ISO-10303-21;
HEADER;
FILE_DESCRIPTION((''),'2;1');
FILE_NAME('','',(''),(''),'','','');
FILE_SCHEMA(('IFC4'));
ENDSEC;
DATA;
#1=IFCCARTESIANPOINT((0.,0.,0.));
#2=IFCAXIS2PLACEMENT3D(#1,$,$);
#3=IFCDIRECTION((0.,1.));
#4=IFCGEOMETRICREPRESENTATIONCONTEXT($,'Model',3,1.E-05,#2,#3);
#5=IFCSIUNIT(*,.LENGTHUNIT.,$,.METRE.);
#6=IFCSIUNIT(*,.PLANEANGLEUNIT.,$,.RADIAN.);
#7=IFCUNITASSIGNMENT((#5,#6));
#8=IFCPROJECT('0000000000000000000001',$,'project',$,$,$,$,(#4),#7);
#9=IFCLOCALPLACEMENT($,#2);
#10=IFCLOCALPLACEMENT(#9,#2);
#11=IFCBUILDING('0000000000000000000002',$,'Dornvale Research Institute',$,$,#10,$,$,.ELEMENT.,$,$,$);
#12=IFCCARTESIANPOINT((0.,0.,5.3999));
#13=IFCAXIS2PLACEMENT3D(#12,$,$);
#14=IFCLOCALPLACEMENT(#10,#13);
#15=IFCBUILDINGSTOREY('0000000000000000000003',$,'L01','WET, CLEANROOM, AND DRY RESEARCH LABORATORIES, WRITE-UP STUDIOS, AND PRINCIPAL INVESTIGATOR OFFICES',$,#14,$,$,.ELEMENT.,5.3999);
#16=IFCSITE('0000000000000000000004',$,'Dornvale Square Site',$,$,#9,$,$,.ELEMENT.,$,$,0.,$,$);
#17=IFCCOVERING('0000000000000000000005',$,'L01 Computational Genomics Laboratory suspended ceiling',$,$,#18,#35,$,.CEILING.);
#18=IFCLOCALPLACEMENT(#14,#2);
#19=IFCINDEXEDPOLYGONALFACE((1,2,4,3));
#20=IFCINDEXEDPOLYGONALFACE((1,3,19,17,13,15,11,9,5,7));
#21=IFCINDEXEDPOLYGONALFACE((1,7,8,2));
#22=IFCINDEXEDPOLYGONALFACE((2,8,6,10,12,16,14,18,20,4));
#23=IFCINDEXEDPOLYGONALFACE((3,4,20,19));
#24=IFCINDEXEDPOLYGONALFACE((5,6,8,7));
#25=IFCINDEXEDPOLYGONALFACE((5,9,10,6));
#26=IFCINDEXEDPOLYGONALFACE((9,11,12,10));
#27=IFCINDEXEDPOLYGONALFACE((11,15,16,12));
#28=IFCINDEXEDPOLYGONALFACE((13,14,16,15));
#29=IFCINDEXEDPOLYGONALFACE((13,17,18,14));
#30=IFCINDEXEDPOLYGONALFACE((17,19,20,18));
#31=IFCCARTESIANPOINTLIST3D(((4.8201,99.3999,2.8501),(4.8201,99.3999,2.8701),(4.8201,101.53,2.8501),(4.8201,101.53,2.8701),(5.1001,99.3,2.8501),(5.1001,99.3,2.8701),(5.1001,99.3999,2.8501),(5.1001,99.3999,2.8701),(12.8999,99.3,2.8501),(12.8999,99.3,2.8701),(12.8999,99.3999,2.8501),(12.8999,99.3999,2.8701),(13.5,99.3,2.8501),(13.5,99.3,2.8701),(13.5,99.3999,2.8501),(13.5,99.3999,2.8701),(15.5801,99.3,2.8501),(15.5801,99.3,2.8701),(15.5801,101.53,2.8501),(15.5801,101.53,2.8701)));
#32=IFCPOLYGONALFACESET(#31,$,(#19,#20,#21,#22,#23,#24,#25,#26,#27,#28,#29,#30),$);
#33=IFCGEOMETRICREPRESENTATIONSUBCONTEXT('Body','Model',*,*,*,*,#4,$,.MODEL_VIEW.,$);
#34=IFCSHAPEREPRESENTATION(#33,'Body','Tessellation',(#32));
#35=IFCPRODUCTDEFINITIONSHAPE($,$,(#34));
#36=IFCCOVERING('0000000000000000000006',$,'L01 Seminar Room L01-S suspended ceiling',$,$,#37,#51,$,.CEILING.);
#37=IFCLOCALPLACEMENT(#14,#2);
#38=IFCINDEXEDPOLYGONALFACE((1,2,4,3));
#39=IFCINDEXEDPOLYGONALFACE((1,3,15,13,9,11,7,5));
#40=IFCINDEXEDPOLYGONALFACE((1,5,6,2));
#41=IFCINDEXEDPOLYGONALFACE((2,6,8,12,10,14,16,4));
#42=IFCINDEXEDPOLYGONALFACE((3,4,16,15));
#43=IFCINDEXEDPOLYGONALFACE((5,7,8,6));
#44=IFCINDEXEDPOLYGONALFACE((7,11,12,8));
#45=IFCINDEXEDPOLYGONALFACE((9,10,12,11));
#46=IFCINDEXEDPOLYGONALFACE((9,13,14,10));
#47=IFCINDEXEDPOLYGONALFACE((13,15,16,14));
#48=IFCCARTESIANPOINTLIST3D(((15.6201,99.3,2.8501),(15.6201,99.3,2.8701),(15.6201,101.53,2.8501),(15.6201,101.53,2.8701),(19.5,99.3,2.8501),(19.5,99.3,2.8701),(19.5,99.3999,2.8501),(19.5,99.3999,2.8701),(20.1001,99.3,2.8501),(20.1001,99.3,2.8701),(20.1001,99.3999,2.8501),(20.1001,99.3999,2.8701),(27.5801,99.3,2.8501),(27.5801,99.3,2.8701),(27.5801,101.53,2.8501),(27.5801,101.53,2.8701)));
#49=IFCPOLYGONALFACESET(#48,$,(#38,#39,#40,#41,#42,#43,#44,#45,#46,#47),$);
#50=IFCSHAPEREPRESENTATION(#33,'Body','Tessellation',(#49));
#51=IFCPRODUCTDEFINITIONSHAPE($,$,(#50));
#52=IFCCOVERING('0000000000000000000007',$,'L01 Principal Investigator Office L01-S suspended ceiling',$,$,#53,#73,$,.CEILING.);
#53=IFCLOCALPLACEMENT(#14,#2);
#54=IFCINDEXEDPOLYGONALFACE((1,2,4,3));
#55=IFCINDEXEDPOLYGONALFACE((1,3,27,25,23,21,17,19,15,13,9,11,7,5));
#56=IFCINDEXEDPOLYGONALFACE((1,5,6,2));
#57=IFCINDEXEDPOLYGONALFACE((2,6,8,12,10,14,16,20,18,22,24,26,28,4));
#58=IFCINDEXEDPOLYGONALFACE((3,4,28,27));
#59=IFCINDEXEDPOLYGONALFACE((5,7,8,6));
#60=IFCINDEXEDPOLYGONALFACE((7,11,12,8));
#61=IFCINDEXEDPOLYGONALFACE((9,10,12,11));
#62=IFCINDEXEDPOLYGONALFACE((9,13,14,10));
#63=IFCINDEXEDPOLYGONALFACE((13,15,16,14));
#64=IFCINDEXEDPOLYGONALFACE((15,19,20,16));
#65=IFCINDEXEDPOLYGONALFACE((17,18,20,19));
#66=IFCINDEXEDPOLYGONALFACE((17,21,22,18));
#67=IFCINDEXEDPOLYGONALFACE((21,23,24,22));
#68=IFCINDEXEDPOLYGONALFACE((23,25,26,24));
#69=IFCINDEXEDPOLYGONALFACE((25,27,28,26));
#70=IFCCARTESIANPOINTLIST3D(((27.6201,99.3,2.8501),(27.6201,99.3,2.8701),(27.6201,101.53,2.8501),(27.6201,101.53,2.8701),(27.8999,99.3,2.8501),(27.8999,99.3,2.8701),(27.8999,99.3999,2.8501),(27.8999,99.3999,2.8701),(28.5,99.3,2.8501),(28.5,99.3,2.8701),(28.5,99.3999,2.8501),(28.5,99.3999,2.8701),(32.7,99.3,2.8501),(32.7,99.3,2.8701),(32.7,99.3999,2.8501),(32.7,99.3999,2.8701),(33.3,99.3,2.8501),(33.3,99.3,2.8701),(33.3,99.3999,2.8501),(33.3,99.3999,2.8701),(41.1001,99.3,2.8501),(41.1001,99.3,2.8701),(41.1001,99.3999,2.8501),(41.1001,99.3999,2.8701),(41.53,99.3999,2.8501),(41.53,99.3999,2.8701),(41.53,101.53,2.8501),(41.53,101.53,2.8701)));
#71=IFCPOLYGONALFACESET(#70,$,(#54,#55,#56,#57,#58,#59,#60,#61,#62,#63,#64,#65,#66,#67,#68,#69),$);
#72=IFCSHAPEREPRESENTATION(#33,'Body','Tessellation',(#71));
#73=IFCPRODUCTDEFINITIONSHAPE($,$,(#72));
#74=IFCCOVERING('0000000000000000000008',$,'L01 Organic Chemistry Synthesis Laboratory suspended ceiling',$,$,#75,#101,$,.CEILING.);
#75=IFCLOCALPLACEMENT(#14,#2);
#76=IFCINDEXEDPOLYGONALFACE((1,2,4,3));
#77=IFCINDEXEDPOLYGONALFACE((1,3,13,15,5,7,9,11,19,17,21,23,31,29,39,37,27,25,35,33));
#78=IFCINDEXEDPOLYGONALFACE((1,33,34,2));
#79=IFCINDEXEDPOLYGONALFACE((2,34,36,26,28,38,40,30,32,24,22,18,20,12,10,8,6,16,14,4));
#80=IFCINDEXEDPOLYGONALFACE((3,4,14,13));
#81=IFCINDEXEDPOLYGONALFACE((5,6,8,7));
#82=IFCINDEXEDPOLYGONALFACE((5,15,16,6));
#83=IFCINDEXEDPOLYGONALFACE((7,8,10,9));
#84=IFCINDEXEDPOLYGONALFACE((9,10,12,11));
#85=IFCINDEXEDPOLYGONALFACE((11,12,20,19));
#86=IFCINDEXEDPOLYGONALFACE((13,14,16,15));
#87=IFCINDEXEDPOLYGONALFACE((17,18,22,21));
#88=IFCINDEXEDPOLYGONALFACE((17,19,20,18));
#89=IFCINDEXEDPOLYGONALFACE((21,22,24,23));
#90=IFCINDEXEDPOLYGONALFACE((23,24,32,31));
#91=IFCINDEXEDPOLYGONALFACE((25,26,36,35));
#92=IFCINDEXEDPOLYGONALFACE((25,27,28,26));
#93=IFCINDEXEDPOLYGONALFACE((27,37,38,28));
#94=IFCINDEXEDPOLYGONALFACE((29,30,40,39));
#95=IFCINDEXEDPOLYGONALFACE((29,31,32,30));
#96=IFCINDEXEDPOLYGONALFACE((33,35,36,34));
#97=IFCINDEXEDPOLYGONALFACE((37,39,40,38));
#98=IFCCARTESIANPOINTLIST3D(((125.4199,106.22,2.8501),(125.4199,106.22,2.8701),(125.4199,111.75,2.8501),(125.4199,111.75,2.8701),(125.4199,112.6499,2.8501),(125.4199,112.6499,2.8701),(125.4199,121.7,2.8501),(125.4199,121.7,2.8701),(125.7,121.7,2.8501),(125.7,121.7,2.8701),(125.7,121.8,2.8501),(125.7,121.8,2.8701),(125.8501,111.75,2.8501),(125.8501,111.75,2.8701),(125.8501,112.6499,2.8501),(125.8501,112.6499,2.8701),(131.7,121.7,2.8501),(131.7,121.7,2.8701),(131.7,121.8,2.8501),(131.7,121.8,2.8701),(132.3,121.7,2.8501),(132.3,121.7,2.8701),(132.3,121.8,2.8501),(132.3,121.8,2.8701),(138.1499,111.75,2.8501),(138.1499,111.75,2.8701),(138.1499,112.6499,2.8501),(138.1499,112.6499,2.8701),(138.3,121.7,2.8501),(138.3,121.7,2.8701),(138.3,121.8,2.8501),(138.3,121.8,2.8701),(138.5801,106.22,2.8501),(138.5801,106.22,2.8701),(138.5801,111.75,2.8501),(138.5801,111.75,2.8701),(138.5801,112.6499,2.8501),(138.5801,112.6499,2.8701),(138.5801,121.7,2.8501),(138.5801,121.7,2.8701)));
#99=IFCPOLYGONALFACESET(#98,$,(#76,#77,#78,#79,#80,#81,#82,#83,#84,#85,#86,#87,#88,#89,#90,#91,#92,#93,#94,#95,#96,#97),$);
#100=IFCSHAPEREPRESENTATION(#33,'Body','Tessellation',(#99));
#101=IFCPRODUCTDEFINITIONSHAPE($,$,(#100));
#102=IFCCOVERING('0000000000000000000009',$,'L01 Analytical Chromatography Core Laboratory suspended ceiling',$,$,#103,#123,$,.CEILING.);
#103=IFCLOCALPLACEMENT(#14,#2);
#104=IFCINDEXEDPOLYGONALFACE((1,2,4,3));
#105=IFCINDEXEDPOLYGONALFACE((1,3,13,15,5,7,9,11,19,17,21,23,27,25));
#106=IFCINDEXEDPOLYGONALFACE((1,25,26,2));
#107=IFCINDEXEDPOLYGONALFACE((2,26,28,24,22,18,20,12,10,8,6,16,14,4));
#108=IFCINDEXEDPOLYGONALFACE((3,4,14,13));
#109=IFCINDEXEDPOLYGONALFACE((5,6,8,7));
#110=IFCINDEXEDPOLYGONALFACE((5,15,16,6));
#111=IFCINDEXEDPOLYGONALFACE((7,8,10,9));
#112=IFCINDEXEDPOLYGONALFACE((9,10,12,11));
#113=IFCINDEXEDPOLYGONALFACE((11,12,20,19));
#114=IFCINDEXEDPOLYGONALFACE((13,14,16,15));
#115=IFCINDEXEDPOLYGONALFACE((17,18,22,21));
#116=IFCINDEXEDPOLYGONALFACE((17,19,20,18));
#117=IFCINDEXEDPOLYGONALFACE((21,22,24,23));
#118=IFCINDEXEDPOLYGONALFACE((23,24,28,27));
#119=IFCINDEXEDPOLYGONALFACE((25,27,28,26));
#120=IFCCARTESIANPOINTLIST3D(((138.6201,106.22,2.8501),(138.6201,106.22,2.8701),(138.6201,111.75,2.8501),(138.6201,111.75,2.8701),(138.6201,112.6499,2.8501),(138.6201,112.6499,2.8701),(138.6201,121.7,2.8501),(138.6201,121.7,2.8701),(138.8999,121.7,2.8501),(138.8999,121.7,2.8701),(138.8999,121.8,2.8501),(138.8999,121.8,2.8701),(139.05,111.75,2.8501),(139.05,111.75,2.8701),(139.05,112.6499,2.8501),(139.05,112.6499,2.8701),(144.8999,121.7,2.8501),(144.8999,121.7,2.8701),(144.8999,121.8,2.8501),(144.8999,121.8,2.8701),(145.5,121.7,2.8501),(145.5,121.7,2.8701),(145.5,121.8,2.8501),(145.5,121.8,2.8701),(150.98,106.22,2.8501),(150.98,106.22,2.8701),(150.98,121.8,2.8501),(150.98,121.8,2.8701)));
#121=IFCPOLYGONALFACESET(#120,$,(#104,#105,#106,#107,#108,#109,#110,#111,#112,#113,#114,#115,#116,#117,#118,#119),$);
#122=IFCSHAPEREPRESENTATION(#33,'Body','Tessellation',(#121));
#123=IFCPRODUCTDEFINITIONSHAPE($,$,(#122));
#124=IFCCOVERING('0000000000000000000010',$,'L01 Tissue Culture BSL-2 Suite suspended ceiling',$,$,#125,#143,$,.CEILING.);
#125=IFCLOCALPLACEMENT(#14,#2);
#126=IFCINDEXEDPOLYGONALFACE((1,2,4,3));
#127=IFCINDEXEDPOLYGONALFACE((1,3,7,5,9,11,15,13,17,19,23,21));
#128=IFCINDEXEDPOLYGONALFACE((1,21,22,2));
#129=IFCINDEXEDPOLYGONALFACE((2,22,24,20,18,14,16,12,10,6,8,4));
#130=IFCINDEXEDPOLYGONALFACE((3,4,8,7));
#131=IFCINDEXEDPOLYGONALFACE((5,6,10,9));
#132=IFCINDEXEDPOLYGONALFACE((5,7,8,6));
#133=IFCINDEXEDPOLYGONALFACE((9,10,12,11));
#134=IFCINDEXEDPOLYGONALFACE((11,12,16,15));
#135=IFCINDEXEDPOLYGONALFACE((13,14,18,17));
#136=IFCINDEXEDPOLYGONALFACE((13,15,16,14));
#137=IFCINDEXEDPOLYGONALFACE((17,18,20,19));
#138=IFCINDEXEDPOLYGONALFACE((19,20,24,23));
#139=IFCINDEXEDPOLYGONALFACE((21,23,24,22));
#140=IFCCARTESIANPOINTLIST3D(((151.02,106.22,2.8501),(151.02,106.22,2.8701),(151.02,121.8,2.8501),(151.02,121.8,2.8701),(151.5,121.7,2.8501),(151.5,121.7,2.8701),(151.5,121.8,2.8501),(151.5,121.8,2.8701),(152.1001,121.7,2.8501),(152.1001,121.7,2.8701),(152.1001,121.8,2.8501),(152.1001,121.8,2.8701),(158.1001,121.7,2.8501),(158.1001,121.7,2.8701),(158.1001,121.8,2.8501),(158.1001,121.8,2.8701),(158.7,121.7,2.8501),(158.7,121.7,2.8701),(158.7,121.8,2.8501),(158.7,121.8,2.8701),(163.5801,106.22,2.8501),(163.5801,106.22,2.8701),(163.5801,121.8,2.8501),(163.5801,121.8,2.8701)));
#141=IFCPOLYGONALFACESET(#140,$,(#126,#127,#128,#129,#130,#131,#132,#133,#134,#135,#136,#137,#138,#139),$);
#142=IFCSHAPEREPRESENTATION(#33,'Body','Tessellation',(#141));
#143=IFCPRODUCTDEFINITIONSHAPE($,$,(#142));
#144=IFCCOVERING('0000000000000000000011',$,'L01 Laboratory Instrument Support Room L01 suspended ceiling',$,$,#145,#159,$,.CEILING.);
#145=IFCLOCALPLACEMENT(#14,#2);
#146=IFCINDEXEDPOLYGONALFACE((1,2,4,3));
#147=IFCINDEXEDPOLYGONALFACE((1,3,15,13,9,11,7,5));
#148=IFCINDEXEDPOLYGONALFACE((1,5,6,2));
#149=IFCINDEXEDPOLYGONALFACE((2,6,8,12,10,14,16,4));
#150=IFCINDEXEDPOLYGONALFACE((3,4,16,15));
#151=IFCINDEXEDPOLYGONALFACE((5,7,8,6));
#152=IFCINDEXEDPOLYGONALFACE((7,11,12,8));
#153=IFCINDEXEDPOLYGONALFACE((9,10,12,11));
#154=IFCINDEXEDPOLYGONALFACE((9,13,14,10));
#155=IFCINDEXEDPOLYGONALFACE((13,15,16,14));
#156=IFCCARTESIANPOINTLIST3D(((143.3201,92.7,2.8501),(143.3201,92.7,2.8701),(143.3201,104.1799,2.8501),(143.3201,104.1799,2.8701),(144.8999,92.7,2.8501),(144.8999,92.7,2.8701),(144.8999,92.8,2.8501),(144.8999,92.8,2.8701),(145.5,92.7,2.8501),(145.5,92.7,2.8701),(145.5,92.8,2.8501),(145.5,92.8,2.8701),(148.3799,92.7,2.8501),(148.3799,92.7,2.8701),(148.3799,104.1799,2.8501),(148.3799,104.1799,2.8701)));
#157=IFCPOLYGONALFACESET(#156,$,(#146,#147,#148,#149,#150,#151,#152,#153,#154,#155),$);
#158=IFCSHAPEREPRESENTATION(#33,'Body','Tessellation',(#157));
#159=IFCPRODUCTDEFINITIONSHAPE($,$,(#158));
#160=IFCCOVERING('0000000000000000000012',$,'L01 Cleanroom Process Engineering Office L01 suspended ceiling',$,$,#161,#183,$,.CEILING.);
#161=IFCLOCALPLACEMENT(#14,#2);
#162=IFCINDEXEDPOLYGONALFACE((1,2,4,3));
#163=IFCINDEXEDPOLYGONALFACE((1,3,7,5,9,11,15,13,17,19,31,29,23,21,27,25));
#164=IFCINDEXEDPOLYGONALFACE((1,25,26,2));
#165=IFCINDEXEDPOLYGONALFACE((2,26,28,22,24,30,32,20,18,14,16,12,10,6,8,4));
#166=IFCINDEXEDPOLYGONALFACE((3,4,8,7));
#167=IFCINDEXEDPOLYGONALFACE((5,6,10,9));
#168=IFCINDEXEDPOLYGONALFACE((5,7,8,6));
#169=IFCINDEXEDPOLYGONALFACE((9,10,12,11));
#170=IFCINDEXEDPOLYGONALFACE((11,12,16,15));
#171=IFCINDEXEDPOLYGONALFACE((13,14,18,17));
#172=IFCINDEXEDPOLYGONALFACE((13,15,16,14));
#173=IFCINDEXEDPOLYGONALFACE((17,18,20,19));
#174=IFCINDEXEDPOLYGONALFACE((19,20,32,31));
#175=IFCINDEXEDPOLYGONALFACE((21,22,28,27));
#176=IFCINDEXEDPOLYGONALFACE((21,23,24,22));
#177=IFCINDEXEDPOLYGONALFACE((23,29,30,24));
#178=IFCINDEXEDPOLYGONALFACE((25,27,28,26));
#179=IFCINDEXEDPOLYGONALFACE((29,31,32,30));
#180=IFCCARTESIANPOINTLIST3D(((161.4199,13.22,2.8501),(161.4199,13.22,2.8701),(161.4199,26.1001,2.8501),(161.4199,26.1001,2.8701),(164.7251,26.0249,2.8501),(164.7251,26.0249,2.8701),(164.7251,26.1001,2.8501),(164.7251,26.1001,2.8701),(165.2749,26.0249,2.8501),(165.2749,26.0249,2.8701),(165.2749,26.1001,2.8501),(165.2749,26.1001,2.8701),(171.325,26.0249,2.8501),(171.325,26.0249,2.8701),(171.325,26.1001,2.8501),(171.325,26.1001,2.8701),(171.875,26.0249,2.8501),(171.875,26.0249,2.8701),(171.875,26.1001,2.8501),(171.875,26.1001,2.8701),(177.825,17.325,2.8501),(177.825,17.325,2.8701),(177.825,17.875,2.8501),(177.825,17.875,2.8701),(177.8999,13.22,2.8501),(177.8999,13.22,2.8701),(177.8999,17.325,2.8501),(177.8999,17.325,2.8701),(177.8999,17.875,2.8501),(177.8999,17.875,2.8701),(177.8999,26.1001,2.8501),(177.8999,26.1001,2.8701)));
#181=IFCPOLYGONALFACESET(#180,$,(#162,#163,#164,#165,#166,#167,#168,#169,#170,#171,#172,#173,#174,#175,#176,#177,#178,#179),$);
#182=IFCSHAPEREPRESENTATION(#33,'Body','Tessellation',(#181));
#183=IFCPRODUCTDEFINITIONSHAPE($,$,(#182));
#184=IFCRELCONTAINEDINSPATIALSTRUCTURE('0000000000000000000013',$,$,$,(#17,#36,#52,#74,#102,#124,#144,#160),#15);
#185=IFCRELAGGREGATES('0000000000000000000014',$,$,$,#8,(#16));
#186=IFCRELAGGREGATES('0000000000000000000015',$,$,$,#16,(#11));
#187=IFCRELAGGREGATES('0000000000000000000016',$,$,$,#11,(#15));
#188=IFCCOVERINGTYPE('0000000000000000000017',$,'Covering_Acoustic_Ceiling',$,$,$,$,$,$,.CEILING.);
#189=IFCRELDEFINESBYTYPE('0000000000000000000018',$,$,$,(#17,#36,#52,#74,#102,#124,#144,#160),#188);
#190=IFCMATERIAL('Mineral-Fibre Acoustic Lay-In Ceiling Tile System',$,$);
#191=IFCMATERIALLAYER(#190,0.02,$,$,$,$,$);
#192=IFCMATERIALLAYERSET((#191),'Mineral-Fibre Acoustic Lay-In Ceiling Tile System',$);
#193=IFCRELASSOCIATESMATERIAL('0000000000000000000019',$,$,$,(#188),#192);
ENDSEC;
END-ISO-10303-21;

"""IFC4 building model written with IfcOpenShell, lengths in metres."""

from ifc_helpers import new_model, si_unit, direction, frame, origin, place, context, subcontext, project, spatial, polyline, outline, extrude, material, layer, layer_set, type_object, element, save


model = new_model("IFC4")

# Units and contexts
model_context = context("Model", 3, precision=1e-05, world=origin(), true_north=direction((0.0, 1.0)))
body_context = subcontext(model_context, "Body", "Model", "MODEL_VIEW")
ifc_project = project(units=[si_unit("LENGTHUNIT", "METRE"), si_unit("PLANEANGLEUNIT", "RADIAN")], contexts=[model_context])

# Site, building, storey
site_placement = place(None, origin())
site = spatial("IfcSite", under=ifc_project, at=site_placement, Name="Dornvale Square Site", CompositionType="ELEMENT", RefElevation=0.0)
building_placement = place(site_placement, origin())
building = spatial("IfcBuilding", under=site, at=building_placement, Name="Dornvale Research Institute", CompositionType="ELEMENT")
storey_placement = place(building_placement, frame((0.0, 0.0, 5.3999)))
storey = spatial("IfcBuildingStorey", under=building, at=storey_placement, Name="L01", Description="WET, CLEANROOM, AND DRY RESEARCH LABORATORIES, WRITE-UP STUDIOS, AND PRINCIPAL INVESTIGATOR OFFICES", CompositionType="ELEMENT", Elevation=5.3999)

# Coverings
ifc_material_1 = material(Name="Mineral-Fibre Acoustic Lay-In Ceiling Tile System")
ifc_layer_1 = layer(ifc_material_1, 0.02)
ifc_layer_set_1 = layer_set([ifc_layer_1], Name="Mineral-Fibre Acoustic Lay-In Ceiling Tile System")
covering_type_1 = type_object("IfcCoveringType", Name="Covering_Acoustic_Ceiling", PredefinedType="CEILING", material=ifc_layer_set_1)
covering_1_placement = place(storey_placement, frame((0.0, 0.0, 2.8501)))
element("IfcCovering", 1, at=covering_1_placement, inside=storey, type_object=covering_type_1, Name="L01 Computational Genomics Laboratory suspended ceiling", PredefinedType="CEILING", context=body_context, shape_type="SweptSolid", body=[
    extrude(outline(polyline([(12.8999, 99.3999), (12.8999, 99.3), (5.1001, 99.3), (5.1001, 99.3999), (4.8201, 99.3999), (4.8201, 101.53), (15.5801, 101.53), (15.5801, 99.3), (13.5, 99.3), (13.5, 99.3999), (12.8999, 99.3999)])), origin(), (0.0, 0.0, 1.0), 0.02),
])
covering_2_placement = place(storey_placement, frame((0.0, 0.0, 2.8501)))
element("IfcCovering", 2, at=covering_2_placement, inside=storey, type_object=covering_type_1, Name="L01 Seminar Room L01-S suspended ceiling", PredefinedType="CEILING", context=body_context, shape_type="SweptSolid", body=[
    extrude(outline(polyline([(19.5, 99.3999), (19.5, 99.3), (15.6201, 99.3), (15.6201, 101.53), (27.5801, 101.53), (27.5801, 99.3), (20.1001, 99.3), (20.1001, 99.3999), (19.5, 99.3999)])), origin(), (0.0, 0.0, 1.0), 0.02),
])
covering_3_placement = place(storey_placement, frame((0.0, 0.0, 2.8501)))
element("IfcCovering", 3, at=covering_3_placement, inside=storey, type_object=covering_type_1, Name="L01 Principal Investigator Office L01-S suspended ceiling", PredefinedType="CEILING", context=body_context, shape_type="SweptSolid", body=[
    extrude(outline(polyline([(27.8999, 99.3999), (27.8999, 99.3), (27.6201, 99.3), (27.6201, 101.53), (41.53, 101.53), (41.53, 99.3999), (41.1001, 99.3999), (41.1001, 99.3), (33.3, 99.3), (33.3, 99.3999), (32.7, 99.3999), (32.7, 99.3), (28.5, 99.3), (28.5, 99.3999), (27.8999, 99.3999)])), origin(), (0.0, 0.0, 1.0), 0.02),
])
covering_4_placement = place(storey_placement, frame((0.0, 0.0, 2.8501)))
element("IfcCovering", 4, at=covering_4_placement, inside=storey, type_object=covering_type_1, Name="L01 Organic Chemistry Synthesis Laboratory suspended ceiling", PredefinedType="CEILING", context=body_context, shape_type="SweptSolid", body=[
    extrude(outline(polyline([(138.5801, 111.75), (138.5801, 106.22), (125.4199, 106.22), (125.4199, 111.75), (125.8501, 111.75), (125.8501, 112.6499), (125.4199, 112.6499), (125.4199, 121.7), (125.7, 121.7), (125.7, 121.8), (131.7, 121.8), (131.7, 121.7), (132.3, 121.7), (132.3, 121.8), (138.3, 121.8), (138.3, 121.7), (138.5801, 121.7), (138.5801, 112.6499), (138.1499, 112.6499), (138.1499, 111.75), (138.5801, 111.75)])), origin(), (0.0, 0.0, 1.0), 0.02),
])
covering_5_placement = place(storey_placement, frame((0.0, 0.0, 2.8501)))
element("IfcCovering", 5, at=covering_5_placement, inside=storey, type_object=covering_type_1, Name="L01 Analytical Chromatography Core Laboratory suspended ceiling", PredefinedType="CEILING", context=body_context, shape_type="SweptSolid", body=[
    extrude(outline(polyline([(145.5, 121.7), (145.5, 121.8), (150.98, 121.8), (150.98, 106.22), (138.6201, 106.22), (138.6201, 111.75), (139.05, 111.75), (139.05, 112.6499), (138.6201, 112.6499), (138.6201, 121.7), (138.8999, 121.7), (138.8999, 121.8), (144.8999, 121.8), (144.8999, 121.7), (145.5, 121.7)])), origin(), (0.0, 0.0, 1.0), 0.02),
])
covering_6_placement = place(storey_placement, frame((0.0, 0.0, 2.8501)))
element("IfcCovering", 6, at=covering_6_placement, inside=storey, type_object=covering_type_1, Name="L01 Tissue Culture BSL-2 Suite suspended ceiling", PredefinedType="CEILING", context=body_context, shape_type="SweptSolid", body=[
    extrude(outline(polyline([(163.5801, 121.8), (163.5801, 106.22), (151.02, 106.22), (151.02, 121.8), (151.5, 121.8), (151.5, 121.7), (152.1001, 121.7), (152.1001, 121.8), (158.1001, 121.8), (158.1001, 121.7), (158.7, 121.7), (158.7, 121.8), (163.5801, 121.8)])), origin(), (0.0, 0.0, 1.0), 0.02),
])
covering_7_placement = place(storey_placement, frame((0.0, 0.0, 2.8501)))
element("IfcCovering", 7, at=covering_7_placement, inside=storey, type_object=covering_type_1, Name="L01 Laboratory Instrument Support Room L01 suspended ceiling", PredefinedType="CEILING", context=body_context, shape_type="SweptSolid", body=[
    extrude(outline(polyline([(144.8999, 92.8), (144.8999, 92.7), (143.3201, 92.7), (143.3201, 104.1799), (148.3799, 104.1799), (148.3799, 92.7), (145.5, 92.7), (145.5, 92.8), (144.8999, 92.8)])), origin(), (0.0, 0.0, 1.0), 0.02),
])
covering_8_placement = place(storey_placement, frame((0.0, 0.0, 2.8501)))
element("IfcCovering", 8, at=covering_8_placement, inside=storey, type_object=covering_type_1, Name="L01 Cleanroom Process Engineering Office L01 suspended ceiling", PredefinedType="CEILING", context=body_context, shape_type="SweptSolid", body=[
    extrude(outline(polyline([(164.7251, 26.1001), (164.7251, 26.0249), (165.2749, 26.0249), (165.2749, 26.1001), (171.325, 26.1001), (171.325, 26.0249), (171.875, 26.0249), (171.875, 26.1001), (177.8999, 26.1001), (177.8999, 17.875), (177.825, 17.875), (177.825, 17.325), (177.8999, 17.325), (177.8999, 13.22), (161.4199, 13.22), (161.4199, 26.1001), (164.7251, 26.1001)])), origin(), (0.0, 0.0, 1.0), 0.02),
])

save(model, "model.ifc")
